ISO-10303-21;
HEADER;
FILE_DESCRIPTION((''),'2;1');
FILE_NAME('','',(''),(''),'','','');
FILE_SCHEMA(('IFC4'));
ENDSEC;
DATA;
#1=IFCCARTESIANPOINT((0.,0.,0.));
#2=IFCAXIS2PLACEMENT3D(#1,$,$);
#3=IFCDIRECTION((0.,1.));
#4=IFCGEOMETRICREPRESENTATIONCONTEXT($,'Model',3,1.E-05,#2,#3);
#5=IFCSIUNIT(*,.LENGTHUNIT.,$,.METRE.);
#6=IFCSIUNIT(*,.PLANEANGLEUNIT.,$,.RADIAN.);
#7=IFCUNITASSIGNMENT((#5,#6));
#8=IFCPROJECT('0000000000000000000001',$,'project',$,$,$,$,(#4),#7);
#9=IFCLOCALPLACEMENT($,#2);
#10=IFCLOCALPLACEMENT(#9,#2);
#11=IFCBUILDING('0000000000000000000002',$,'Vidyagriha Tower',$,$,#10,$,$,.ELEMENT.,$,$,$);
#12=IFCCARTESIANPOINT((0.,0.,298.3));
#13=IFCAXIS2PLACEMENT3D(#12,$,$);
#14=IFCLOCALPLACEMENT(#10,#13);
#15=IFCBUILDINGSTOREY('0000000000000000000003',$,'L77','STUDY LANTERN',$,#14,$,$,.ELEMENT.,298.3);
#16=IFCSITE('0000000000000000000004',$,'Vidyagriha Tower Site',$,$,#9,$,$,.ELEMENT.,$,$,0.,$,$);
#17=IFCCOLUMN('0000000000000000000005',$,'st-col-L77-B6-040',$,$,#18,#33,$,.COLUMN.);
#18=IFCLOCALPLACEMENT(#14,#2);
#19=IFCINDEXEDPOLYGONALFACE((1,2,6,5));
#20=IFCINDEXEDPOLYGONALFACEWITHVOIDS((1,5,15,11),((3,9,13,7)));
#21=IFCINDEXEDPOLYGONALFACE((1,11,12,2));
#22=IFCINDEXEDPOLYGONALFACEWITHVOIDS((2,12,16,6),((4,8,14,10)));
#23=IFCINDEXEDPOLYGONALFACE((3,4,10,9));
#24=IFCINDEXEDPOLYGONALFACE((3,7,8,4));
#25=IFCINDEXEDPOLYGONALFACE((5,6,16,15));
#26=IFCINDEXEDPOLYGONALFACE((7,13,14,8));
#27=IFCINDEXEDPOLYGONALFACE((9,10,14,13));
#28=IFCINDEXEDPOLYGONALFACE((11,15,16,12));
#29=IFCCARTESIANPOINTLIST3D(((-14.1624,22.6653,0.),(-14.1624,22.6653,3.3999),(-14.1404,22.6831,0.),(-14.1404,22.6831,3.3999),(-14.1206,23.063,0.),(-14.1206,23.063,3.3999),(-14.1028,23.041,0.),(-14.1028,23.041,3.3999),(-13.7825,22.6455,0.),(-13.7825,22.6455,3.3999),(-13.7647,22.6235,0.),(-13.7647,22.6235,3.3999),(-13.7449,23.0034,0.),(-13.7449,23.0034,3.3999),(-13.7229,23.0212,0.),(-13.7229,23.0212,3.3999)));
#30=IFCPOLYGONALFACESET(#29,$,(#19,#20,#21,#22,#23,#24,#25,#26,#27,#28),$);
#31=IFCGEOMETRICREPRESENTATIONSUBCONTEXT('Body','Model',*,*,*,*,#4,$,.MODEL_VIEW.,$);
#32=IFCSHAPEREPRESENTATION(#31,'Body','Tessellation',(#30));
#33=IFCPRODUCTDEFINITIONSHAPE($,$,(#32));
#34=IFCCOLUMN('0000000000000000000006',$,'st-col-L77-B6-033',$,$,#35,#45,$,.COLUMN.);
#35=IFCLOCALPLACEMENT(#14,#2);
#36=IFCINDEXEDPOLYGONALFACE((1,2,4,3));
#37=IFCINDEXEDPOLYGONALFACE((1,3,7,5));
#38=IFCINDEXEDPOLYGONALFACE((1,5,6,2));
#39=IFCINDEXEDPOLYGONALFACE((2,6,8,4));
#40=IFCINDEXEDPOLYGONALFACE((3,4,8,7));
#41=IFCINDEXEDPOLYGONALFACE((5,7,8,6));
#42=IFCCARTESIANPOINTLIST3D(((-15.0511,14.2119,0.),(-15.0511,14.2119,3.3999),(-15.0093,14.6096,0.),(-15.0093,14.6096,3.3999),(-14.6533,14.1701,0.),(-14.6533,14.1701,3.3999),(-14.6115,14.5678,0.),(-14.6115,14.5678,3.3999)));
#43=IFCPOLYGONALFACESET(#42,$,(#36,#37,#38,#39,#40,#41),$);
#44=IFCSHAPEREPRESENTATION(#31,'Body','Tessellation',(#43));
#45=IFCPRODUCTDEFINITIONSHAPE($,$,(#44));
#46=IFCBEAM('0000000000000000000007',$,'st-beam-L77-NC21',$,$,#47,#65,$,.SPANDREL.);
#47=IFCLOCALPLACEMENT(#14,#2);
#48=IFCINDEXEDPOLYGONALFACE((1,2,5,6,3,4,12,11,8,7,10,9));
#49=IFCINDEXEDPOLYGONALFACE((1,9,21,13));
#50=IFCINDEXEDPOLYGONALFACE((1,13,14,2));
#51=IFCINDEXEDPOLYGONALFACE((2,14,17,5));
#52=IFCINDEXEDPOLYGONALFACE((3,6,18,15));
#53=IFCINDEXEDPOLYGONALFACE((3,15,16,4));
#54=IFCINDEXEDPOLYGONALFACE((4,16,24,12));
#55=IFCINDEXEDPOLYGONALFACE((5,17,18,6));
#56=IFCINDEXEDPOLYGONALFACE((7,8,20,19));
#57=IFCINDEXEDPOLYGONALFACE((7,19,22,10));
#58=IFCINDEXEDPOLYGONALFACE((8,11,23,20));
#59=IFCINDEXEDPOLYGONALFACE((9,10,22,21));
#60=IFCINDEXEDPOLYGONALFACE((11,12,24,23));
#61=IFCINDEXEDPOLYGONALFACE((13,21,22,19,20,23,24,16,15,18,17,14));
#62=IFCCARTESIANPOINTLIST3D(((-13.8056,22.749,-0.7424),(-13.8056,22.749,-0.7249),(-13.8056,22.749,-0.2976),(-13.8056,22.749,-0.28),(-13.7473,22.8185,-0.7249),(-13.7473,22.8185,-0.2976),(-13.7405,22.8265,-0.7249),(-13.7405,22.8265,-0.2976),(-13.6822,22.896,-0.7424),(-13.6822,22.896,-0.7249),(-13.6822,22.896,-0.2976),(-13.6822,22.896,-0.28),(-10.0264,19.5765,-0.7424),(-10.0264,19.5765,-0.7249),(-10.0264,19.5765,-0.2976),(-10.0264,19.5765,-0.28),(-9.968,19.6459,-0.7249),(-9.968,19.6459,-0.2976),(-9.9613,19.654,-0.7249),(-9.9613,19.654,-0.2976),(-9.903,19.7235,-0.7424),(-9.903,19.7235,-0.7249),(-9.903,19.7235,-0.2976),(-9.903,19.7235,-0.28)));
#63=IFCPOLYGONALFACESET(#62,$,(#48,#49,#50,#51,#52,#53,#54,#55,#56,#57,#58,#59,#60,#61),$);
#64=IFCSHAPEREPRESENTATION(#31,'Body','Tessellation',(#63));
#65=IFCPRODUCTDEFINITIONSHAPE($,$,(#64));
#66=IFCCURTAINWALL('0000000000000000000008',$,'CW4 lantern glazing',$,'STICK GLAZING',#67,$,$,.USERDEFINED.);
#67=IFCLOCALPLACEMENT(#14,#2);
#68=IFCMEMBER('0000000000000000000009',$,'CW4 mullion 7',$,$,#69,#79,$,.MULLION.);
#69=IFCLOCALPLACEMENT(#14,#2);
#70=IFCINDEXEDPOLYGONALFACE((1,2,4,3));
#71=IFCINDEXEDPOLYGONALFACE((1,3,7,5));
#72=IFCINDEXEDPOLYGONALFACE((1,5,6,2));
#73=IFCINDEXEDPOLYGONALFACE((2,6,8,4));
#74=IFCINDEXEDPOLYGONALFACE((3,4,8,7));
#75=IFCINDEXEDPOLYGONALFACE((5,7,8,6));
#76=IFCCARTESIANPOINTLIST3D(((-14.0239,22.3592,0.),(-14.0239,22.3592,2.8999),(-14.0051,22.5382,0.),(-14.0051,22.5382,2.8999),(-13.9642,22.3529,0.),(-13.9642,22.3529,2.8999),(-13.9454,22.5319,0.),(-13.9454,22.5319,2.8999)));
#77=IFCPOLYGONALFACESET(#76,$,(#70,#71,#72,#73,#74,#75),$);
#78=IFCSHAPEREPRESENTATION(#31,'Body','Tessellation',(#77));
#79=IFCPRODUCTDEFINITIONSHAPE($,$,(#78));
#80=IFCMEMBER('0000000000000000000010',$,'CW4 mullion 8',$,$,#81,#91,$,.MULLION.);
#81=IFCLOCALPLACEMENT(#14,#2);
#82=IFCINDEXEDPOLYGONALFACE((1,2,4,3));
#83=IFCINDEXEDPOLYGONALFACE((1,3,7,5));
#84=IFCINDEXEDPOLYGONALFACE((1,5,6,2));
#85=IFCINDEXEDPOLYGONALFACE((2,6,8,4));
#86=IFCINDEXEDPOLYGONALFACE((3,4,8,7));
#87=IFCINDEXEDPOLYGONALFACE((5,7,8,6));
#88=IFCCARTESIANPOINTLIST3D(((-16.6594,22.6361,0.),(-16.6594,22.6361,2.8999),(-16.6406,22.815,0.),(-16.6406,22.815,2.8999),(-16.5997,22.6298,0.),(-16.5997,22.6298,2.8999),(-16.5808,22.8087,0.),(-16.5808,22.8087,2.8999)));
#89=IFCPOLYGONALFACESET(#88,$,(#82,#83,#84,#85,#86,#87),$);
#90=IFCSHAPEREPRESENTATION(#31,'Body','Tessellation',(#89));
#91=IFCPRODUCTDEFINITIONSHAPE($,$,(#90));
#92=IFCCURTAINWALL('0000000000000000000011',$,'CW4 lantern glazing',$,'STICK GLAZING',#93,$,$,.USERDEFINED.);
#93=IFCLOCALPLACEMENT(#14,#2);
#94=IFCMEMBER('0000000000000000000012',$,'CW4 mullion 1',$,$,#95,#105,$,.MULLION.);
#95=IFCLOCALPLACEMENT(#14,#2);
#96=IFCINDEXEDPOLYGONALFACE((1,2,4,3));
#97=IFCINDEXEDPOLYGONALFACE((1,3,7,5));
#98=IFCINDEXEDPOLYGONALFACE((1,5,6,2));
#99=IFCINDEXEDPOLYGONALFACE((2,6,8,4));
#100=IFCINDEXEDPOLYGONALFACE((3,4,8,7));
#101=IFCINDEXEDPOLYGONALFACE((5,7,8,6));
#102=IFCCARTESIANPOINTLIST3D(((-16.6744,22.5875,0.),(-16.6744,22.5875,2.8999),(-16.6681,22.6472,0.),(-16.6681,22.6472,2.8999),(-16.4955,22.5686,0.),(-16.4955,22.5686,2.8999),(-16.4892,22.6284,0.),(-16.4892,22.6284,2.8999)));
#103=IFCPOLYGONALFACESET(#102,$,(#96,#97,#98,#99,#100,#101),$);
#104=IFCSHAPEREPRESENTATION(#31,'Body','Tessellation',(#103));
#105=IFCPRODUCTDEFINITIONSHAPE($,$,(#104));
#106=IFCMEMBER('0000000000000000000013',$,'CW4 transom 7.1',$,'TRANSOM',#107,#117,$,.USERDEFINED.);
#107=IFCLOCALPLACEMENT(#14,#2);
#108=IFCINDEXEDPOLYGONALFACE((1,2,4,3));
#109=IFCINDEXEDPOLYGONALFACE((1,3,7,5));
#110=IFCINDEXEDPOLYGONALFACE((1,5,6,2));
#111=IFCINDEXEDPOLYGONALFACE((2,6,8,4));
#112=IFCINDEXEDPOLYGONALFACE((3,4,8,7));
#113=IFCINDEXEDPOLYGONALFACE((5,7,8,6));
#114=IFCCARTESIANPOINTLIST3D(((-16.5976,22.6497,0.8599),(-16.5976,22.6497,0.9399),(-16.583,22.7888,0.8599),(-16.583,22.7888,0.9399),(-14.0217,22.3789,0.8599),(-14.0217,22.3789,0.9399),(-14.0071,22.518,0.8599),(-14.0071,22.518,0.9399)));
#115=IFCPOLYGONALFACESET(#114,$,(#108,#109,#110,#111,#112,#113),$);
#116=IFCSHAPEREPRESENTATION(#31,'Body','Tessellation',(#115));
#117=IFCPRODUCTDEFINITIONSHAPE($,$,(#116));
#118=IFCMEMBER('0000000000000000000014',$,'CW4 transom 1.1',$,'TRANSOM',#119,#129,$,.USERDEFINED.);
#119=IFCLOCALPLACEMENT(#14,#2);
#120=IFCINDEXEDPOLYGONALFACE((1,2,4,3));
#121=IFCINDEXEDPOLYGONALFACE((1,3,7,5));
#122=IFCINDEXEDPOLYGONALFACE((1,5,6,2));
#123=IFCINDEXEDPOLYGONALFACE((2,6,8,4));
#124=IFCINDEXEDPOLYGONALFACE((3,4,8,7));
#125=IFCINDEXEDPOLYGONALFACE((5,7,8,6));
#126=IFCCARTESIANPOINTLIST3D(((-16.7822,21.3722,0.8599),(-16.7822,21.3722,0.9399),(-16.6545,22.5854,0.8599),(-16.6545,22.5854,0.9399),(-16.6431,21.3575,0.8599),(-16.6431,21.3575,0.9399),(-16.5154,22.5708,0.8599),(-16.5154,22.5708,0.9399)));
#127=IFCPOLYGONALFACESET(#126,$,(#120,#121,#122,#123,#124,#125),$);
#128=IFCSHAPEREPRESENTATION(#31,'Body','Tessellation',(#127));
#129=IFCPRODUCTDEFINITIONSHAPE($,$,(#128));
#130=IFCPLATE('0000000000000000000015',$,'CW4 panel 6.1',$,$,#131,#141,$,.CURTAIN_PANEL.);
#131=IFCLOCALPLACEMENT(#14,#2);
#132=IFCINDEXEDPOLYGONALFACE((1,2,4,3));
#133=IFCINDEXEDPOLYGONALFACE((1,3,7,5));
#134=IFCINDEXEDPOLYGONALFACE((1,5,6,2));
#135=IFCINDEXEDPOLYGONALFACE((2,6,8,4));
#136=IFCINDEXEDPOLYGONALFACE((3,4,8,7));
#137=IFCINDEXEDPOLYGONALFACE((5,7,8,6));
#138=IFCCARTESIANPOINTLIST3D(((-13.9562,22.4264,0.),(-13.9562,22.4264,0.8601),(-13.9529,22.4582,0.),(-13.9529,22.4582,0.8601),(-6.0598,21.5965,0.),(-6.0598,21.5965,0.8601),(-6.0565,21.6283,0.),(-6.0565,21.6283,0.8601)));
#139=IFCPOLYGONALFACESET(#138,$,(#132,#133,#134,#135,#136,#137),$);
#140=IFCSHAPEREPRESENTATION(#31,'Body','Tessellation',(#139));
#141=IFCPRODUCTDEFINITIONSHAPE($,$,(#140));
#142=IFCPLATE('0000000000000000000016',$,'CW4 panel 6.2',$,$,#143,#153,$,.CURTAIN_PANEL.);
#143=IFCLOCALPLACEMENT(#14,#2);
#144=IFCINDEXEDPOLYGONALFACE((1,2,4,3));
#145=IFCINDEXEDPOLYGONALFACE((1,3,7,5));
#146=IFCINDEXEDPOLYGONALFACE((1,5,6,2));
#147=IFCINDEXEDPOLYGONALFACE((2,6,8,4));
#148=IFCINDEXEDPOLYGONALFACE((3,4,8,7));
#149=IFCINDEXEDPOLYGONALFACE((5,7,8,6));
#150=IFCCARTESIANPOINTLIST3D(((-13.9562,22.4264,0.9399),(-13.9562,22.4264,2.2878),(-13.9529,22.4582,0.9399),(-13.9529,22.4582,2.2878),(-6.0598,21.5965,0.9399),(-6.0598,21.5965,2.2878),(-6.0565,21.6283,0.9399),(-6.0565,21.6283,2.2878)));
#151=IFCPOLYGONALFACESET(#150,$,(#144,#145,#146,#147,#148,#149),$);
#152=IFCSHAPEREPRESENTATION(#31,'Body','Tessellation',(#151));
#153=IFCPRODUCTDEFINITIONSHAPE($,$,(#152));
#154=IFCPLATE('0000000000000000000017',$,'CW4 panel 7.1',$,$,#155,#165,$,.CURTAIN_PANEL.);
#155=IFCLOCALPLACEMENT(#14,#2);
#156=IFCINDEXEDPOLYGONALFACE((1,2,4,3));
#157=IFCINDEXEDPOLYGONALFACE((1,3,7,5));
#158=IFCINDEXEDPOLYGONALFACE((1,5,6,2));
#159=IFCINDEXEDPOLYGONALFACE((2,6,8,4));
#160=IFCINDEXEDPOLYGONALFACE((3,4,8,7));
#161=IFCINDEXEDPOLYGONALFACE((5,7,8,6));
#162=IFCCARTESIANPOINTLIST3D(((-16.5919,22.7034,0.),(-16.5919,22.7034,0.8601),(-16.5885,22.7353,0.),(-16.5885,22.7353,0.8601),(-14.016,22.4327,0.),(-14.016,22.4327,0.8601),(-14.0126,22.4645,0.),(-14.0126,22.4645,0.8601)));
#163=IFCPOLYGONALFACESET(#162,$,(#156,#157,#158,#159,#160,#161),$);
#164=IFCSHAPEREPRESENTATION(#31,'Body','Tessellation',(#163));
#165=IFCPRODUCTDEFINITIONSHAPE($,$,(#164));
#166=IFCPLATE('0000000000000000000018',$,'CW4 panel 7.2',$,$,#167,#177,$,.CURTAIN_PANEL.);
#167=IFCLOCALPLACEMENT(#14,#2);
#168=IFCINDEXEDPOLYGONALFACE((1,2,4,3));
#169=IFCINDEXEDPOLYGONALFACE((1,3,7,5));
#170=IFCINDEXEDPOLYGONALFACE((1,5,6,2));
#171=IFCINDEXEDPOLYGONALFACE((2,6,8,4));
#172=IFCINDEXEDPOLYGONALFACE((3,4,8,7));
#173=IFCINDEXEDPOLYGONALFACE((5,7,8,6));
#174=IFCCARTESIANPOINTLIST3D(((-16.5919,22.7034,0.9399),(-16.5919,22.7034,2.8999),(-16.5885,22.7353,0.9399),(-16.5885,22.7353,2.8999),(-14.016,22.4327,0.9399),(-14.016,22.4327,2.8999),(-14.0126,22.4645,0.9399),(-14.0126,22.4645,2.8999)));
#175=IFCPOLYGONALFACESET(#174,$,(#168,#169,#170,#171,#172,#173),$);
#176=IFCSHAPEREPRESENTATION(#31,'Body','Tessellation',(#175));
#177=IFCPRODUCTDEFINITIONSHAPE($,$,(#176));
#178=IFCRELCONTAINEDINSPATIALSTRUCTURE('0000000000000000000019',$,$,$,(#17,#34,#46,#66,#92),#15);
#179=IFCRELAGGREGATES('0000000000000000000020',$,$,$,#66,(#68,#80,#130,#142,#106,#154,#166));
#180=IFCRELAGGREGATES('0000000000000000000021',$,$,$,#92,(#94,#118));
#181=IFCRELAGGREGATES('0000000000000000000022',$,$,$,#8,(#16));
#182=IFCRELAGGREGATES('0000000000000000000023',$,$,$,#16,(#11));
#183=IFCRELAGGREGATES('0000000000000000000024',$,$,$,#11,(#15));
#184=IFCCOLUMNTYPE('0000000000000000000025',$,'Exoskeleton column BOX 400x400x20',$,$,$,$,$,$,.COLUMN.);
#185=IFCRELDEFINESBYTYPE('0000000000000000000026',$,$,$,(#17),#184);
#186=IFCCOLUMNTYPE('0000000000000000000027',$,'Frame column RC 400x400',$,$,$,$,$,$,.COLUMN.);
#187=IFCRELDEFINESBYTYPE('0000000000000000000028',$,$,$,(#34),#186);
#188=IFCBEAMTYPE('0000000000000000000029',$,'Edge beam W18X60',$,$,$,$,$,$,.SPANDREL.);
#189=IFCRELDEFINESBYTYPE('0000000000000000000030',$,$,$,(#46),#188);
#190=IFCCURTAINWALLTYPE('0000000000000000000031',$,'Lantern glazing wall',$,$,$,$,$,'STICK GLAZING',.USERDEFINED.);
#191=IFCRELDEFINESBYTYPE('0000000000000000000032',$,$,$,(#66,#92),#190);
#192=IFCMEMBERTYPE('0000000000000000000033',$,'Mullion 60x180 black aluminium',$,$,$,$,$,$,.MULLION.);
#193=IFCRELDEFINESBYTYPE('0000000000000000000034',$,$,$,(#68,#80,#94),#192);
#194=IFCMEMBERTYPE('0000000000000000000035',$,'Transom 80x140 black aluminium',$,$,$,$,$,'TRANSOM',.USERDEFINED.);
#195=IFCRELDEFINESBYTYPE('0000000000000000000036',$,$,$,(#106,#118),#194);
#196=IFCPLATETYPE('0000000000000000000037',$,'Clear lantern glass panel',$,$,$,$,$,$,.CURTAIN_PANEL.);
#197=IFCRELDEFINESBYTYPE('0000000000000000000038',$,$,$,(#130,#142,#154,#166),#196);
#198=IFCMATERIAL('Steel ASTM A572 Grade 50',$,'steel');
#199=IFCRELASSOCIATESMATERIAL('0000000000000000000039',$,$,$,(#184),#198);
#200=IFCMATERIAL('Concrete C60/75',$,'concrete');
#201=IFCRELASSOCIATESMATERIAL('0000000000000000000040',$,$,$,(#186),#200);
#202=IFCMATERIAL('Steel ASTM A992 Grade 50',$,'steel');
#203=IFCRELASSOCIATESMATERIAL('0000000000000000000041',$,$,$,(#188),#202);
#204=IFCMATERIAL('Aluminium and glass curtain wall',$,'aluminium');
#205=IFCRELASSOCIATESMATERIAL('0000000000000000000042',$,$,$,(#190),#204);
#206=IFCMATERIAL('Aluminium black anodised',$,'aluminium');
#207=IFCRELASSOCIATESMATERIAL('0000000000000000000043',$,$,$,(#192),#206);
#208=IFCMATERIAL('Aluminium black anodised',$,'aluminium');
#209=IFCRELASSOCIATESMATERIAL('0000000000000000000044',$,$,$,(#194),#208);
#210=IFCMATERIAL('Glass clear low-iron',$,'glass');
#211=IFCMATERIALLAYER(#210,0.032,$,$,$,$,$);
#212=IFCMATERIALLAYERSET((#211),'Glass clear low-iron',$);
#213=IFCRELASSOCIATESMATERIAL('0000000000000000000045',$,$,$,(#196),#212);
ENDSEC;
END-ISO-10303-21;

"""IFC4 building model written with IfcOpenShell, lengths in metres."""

from ifc_helpers import new_model, si_unit, direction, frame, origin, origin_2d, place, context, subcontext, project, spatial, rectangle, hollow_rectangle, i_section, extrude, material, layer, layer_set, material_profile, profile_set, type_object, element, aggregate, save


model = new_model("IFC4")

# Units and contexts
model_context = context("Model", 3, precision=1e-05, world=origin(), true_north=direction((0.0, 1.0)))
body_context = subcontext(model_context, "Body", "Model", "MODEL_VIEW")
ifc_project = project(units=[si_unit("LENGTHUNIT", "METRE"), si_unit("PLANEANGLEUNIT", "RADIAN")], contexts=[model_context])

# Site, building, storey
site_placement = place(None, origin())
site = spatial("IfcSite", under=ifc_project, at=site_placement, Name="Vidyagriha Tower Site", CompositionType="ELEMENT", RefElevation=0.0)
building_placement = place(site_placement, origin())
building = spatial("IfcBuilding", under=site, at=building_placement, Name="Vidyagriha Tower", CompositionType="ELEMENT")
storey_placement = place(building_placement, frame((0.0, 0.0, 298.3)))
storey = spatial("IfcBuildingStorey", under=building, at=storey_placement, Name="L77", Description="STUDY LANTERN", CompositionType="ELEMENT", Elevation=298.3)

# Columns
ifc_material_1 = material(Name="Steel ASTM A572 Grade 50", Category="steel")
ifc_material_profile_1 = material_profile(ifc_material_1, hollow_rectangle(XDim=0.3999, YDim=0.3999, WallThickness=0.02, at=origin_2d()), Name="BOX 400x400x20")
ifc_profile_set_1 = profile_set([ifc_material_profile_1], Name="Steel ASTM A572 Grade 50")
column_type_1 = type_object("IfcColumnType", Name="Exoskeleton column BOX 400x400x20", PredefinedType="COLUMN", material=ifc_profile_set_1)
column_1_placement = place(storey_placement, frame((-13.9426, 22.8433, 0.0), z_axis=(0.0, 0.0, 1.0), x_axis=(0.994522, -0.104528, 0.0)))
element("IfcColumn", 1, at=column_1_placement, inside=storey, type_object=column_type_1, Name="st-col-L77-B6-040", PredefinedType="COLUMN", context=body_context, shape_type="SweptSolid", body=[
    extrude(hollow_rectangle(XDim=0.3999, YDim=0.3999, WallThickness=0.02, at=origin_2d()), origin(), (0.0, 0.0, 1.0), 3.3999),
])
ifc_material_2 = material(Name="Concrete C60/75", Category="concrete")
ifc_material_profile_2 = material_profile(ifc_material_2, rectangle(XDim=0.3999, YDim=0.3999, at=origin_2d()), Name="RC 400x400")
ifc_profile_set_2 = profile_set([ifc_material_profile_2], Name="Concrete C60/75")
column_type_2 = type_object("IfcColumnType", Name="Frame column RC 400x400", PredefinedType="COLUMN", material=ifc_profile_set_2)
column_2_placement = place(storey_placement, frame((-14.8313, 14.3899, 0.0), z_axis=(0.0, 0.0, 1.0), x_axis=(0.994522, -0.104528, 0.0)))
element("IfcColumn", 2, at=column_2_placement, inside=storey, type_object=column_type_2, Name="st-col-L77-B6-033", PredefinedType="COLUMN", context=body_context, shape_type="SweptSolid", body=[
    extrude(rectangle(XDim=0.3999, YDim=0.3999, at=origin_2d()), origin(), (0.0, 0.0, 1.0), 3.3999),
])

# Beam
ifc_material_3 = material(Name="Steel ASTM A992 Grade 50", Category="steel")
ifc_material_profile_3 = material_profile(ifc_material_3, i_section(OverallWidth=0.1919, OverallDepth=0.4624, WebThickness=0.0105, FlangeThickness=0.0176, at=origin_2d()), Name="W18X60")
ifc_profile_set_3 = profile_set([ifc_material_profile_3], Name="Steel ASTM A992 Grade 50")
beam_type = type_object("IfcBeamType", Name="Edge beam W18X60", PredefinedType="SPANDREL", material=ifc_profile_set_3)
beam_placement = place(storey_placement, frame((-13.7439, 22.8225, -0.5112), z_axis=(0.765905, -0.642954, 0.0), x_axis=(0.642954, 0.765905, 0.0)))
element("IfcBeam", 3, at=beam_placement, inside=storey, type_object=beam_type, Name="st-beam-L77-NC21", PredefinedType="SPANDREL", context=body_context, shape_type="SweptSolid", body=[
    extrude(i_section(OverallWidth=0.1919, OverallDepth=0.4624, WebThickness=0.0105, FlangeThickness=0.0176, at=origin_2d()), origin(), (0.0, 0.0, 1.0), 4.9343),
])

# Curtain wall, members
ifc_material_4 = material(Name="Aluminium and glass curtain wall", Category="aluminium")
curtain_wall_type = type_object("IfcCurtainWallType", Name="Lantern glazing wall", ElementType="STICK GLAZING", PredefinedType="USERDEFINED", material=ifc_material_4)
curtain_wall_1_placement = place(storey_placement, origin())
curtain_wall_1 = element("IfcCurtainWall", 4, at=curtain_wall_1_placement, inside=storey, type_object=curtain_wall_type, Name="CW4 lantern glazing", ObjectType="STICK GLAZING", PredefinedType="USERDEFINED")
ifc_material_5 = material(Name="Aluminium black anodised", Category="aluminium")
ifc_material_profile_4 = material_profile(ifc_material_5, rectangle(XDim=0.1799, YDim=0.0601, at=origin_2d()), Name="Mullion 60x180 black aluminium")
ifc_profile_set_4 = profile_set([ifc_material_profile_4], Name="Aluminium black anodised")
member_type_1 = type_object("IfcMemberType", Name="Mullion 60x180 black aluminium", PredefinedType="MULLION", material=ifc_profile_set_4)
member_1_placement = place(storey_placement, frame((-13.9846, 22.4456, 0.0), z_axis=(0.0, 0.0, 1.0), x_axis=(-0.104528, -0.994522, 0.0)))
member_1 = element("IfcMember", 5, at=member_1_placement, type_object=member_type_1, Name="CW4 mullion 7", PredefinedType="MULLION", context=body_context, shape_type="SweptSolid", body=[
    extrude(rectangle(XDim=0.1799, YDim=0.0601, at=origin_2d()), origin(), (0.0, 0.0, 1.0), 2.8999),
])
member_2_placement = place(storey_placement, frame((-16.6201, 22.7224, 0.0), z_axis=(0.0, 0.0, 1.0), x_axis=(-0.104528, -0.994522, 0.0)))
member_2 = element("IfcMember", 6, at=member_2_placement, type_object=member_type_1, Name="CW4 mullion 8", PredefinedType="MULLION", context=body_context, shape_type="SweptSolid", body=[
    extrude(rectangle(XDim=0.1799, YDim=0.0601, at=origin_2d()), origin(), (0.0, 0.0, 1.0), 2.8999),
])

# Curtain wall, member
curtain_wall_2_placement = place(storey_placement, origin())
curtain_wall_2 = element("IfcCurtainWall", 7, at=curtain_wall_2_placement, inside=storey, type_object=curtain_wall_type, Name="CW4 lantern glazing", ObjectType="STICK GLAZING", PredefinedType="USERDEFINED")
member_3_placement = place(storey_placement, frame((-16.5818, 22.6079, 0.0), z_axis=(0.0, 0.0, 1.0), x_axis=(0.99452, -0.104549, 0.0)))
member_3 = element("IfcMember", 8, at=member_3_placement, type_object=member_type_1, Name="CW4 mullion 1", PredefinedType="MULLION", context=body_context, shape_type="SweptSolid", body=[
    extrude(rectangle(XDim=0.1799, YDim=0.0601, at=origin_2d()), origin(), (0.0, 0.0, 1.0), 2.8999),
])

# Members
ifc_material_6 = material(Name="Aluminium black anodised", Category="aluminium")
ifc_material_profile_5 = material_profile(ifc_material_6, rectangle(XDim=0.1399, YDim=0.0801, at=origin_2d()), Name="Transom 80x140 black aluminium")
ifc_profile_set_5 = profile_set([ifc_material_profile_5], Name="Aluminium black anodised")
member_type_2 = type_object("IfcMemberType", Name="Transom 80x140 black aluminium", ElementType="TRANSOM", PredefinedType="USERDEFINED", material=ifc_profile_set_5)
member_4_placement = place(storey_placement, frame((-14.0144, 22.4485, 0.8999), z_axis=(-0.994521, 0.104533, 0.0), x_axis=(-0.104533, -0.994521, 0.0)))
member_4 = element("IfcMember", 9, at=member_4_placement, type_object=member_type_2, Name="CW4 transom 7.1", ObjectType="TRANSOM", PredefinedType="USERDEFINED", context=body_context, shape_type="SweptSolid", body=[
    extrude(rectangle(XDim=0.1399, YDim=0.0801, at=origin_2d()), origin(), (0.0, 0.0, 1.0), 2.5901),
])
member_5_placement = place(storey_placement, frame((-16.585, 22.5781, 0.8999), z_axis=(-0.104654, -0.994509, 0.0), x_axis=(0.994509, -0.104654, 0.0)))
member_5 = element("IfcMember", 10, at=member_5_placement, type_object=member_type_2, Name="CW4 transom 1.1", ObjectType="TRANSOM", PredefinedType="USERDEFINED", context=body_context, shape_type="SweptSolid", body=[
    extrude(rectangle(XDim=0.1399, YDim=0.0801, at=origin_2d()), origin(), (0.0, 0.0, 1.0), 1.22),
])

# Plates
ifc_material_7 = material(Name="Glass clear low-iron", Category="glass")
ifc_layer_1 = layer(ifc_material_7, 0.032)
ifc_layer_set_1 = layer_set([ifc_layer_1], Name="Glass clear low-iron")
plate_type = type_object("IfcPlateType", Name="Clear lantern glass panel", PredefinedType="CURTAIN_PANEL", material=ifc_layer_set_1)
plate_1_placement = place(storey_placement, frame((-10.0063, 22.0273, 0.0), z_axis=(0.0, 0.0, 1.0), x_axis=(-0.994522, 0.104528, 0.0)))
plate_1 = element("IfcPlate", 11, at=plate_1_placement, type_object=plate_type, Name="CW4 panel 6.1", PredefinedType="CURTAIN_PANEL", context=body_context, shape_type="SweptSolid", body=[
    extrude(rectangle(XDim=7.9399, YDim=0.032, at=origin_2d()), origin(), (0.0, 0.0, 1.0), 0.8601),
])
plate_2_placement = place(storey_placement, frame((-10.0063, 22.0273, 0.9399), z_axis=(0.0, 0.0, 1.0), x_axis=(-0.994522, 0.104528, 0.0)))
plate_2 = element("IfcPlate", 12, at=plate_2_placement, type_object=plate_type, Name="CW4 panel 6.2", PredefinedType="CURTAIN_PANEL", context=body_context, shape_type="SweptSolid", body=[
    extrude(rectangle(XDim=7.9399, YDim=0.032, at=origin_2d()), origin(), (0.0, 0.0, 1.0), 1.3479),
])
plate_3_placement = place(storey_placement, frame((-15.3022, 22.584, 0.0), z_axis=(0.0, 0.0, 1.0), x_axis=(-0.994522, 0.104528, 0.0)))
plate_3 = element("IfcPlate", 13, at=plate_3_placement, type_object=plate_type, Name="CW4 panel 7.1", PredefinedType="CURTAIN_PANEL", context=body_context, shape_type="SweptSolid", body=[
    extrude(rectangle(XDim=2.5901, YDim=0.032, at=origin_2d()), origin(), (0.0, 0.0, 1.0), 0.8601),
])
plate_4_placement = place(storey_placement, frame((-15.3022, 22.584, 0.9399), z_axis=(0.0, 0.0, 1.0), x_axis=(-0.994522, 0.104528, 0.0)))
plate_4 = element("IfcPlate", 14, at=plate_4_placement, type_object=plate_type, Name="CW4 panel 7.2", PredefinedType="CURTAIN_PANEL", context=body_context, shape_type="SweptSolid", body=[
    extrude(rectangle(XDim=2.5901, YDim=0.032, at=origin_2d()), origin(), (0.0, 0.0, 1.0), 1.96),
])
aggregate(curtain_wall_1, [member_1, member_2, plate_1, plate_2, member_4, plate_3, plate_4])
aggregate(curtain_wall_2, [member_3, member_5])

save(model, "model.ifc")
